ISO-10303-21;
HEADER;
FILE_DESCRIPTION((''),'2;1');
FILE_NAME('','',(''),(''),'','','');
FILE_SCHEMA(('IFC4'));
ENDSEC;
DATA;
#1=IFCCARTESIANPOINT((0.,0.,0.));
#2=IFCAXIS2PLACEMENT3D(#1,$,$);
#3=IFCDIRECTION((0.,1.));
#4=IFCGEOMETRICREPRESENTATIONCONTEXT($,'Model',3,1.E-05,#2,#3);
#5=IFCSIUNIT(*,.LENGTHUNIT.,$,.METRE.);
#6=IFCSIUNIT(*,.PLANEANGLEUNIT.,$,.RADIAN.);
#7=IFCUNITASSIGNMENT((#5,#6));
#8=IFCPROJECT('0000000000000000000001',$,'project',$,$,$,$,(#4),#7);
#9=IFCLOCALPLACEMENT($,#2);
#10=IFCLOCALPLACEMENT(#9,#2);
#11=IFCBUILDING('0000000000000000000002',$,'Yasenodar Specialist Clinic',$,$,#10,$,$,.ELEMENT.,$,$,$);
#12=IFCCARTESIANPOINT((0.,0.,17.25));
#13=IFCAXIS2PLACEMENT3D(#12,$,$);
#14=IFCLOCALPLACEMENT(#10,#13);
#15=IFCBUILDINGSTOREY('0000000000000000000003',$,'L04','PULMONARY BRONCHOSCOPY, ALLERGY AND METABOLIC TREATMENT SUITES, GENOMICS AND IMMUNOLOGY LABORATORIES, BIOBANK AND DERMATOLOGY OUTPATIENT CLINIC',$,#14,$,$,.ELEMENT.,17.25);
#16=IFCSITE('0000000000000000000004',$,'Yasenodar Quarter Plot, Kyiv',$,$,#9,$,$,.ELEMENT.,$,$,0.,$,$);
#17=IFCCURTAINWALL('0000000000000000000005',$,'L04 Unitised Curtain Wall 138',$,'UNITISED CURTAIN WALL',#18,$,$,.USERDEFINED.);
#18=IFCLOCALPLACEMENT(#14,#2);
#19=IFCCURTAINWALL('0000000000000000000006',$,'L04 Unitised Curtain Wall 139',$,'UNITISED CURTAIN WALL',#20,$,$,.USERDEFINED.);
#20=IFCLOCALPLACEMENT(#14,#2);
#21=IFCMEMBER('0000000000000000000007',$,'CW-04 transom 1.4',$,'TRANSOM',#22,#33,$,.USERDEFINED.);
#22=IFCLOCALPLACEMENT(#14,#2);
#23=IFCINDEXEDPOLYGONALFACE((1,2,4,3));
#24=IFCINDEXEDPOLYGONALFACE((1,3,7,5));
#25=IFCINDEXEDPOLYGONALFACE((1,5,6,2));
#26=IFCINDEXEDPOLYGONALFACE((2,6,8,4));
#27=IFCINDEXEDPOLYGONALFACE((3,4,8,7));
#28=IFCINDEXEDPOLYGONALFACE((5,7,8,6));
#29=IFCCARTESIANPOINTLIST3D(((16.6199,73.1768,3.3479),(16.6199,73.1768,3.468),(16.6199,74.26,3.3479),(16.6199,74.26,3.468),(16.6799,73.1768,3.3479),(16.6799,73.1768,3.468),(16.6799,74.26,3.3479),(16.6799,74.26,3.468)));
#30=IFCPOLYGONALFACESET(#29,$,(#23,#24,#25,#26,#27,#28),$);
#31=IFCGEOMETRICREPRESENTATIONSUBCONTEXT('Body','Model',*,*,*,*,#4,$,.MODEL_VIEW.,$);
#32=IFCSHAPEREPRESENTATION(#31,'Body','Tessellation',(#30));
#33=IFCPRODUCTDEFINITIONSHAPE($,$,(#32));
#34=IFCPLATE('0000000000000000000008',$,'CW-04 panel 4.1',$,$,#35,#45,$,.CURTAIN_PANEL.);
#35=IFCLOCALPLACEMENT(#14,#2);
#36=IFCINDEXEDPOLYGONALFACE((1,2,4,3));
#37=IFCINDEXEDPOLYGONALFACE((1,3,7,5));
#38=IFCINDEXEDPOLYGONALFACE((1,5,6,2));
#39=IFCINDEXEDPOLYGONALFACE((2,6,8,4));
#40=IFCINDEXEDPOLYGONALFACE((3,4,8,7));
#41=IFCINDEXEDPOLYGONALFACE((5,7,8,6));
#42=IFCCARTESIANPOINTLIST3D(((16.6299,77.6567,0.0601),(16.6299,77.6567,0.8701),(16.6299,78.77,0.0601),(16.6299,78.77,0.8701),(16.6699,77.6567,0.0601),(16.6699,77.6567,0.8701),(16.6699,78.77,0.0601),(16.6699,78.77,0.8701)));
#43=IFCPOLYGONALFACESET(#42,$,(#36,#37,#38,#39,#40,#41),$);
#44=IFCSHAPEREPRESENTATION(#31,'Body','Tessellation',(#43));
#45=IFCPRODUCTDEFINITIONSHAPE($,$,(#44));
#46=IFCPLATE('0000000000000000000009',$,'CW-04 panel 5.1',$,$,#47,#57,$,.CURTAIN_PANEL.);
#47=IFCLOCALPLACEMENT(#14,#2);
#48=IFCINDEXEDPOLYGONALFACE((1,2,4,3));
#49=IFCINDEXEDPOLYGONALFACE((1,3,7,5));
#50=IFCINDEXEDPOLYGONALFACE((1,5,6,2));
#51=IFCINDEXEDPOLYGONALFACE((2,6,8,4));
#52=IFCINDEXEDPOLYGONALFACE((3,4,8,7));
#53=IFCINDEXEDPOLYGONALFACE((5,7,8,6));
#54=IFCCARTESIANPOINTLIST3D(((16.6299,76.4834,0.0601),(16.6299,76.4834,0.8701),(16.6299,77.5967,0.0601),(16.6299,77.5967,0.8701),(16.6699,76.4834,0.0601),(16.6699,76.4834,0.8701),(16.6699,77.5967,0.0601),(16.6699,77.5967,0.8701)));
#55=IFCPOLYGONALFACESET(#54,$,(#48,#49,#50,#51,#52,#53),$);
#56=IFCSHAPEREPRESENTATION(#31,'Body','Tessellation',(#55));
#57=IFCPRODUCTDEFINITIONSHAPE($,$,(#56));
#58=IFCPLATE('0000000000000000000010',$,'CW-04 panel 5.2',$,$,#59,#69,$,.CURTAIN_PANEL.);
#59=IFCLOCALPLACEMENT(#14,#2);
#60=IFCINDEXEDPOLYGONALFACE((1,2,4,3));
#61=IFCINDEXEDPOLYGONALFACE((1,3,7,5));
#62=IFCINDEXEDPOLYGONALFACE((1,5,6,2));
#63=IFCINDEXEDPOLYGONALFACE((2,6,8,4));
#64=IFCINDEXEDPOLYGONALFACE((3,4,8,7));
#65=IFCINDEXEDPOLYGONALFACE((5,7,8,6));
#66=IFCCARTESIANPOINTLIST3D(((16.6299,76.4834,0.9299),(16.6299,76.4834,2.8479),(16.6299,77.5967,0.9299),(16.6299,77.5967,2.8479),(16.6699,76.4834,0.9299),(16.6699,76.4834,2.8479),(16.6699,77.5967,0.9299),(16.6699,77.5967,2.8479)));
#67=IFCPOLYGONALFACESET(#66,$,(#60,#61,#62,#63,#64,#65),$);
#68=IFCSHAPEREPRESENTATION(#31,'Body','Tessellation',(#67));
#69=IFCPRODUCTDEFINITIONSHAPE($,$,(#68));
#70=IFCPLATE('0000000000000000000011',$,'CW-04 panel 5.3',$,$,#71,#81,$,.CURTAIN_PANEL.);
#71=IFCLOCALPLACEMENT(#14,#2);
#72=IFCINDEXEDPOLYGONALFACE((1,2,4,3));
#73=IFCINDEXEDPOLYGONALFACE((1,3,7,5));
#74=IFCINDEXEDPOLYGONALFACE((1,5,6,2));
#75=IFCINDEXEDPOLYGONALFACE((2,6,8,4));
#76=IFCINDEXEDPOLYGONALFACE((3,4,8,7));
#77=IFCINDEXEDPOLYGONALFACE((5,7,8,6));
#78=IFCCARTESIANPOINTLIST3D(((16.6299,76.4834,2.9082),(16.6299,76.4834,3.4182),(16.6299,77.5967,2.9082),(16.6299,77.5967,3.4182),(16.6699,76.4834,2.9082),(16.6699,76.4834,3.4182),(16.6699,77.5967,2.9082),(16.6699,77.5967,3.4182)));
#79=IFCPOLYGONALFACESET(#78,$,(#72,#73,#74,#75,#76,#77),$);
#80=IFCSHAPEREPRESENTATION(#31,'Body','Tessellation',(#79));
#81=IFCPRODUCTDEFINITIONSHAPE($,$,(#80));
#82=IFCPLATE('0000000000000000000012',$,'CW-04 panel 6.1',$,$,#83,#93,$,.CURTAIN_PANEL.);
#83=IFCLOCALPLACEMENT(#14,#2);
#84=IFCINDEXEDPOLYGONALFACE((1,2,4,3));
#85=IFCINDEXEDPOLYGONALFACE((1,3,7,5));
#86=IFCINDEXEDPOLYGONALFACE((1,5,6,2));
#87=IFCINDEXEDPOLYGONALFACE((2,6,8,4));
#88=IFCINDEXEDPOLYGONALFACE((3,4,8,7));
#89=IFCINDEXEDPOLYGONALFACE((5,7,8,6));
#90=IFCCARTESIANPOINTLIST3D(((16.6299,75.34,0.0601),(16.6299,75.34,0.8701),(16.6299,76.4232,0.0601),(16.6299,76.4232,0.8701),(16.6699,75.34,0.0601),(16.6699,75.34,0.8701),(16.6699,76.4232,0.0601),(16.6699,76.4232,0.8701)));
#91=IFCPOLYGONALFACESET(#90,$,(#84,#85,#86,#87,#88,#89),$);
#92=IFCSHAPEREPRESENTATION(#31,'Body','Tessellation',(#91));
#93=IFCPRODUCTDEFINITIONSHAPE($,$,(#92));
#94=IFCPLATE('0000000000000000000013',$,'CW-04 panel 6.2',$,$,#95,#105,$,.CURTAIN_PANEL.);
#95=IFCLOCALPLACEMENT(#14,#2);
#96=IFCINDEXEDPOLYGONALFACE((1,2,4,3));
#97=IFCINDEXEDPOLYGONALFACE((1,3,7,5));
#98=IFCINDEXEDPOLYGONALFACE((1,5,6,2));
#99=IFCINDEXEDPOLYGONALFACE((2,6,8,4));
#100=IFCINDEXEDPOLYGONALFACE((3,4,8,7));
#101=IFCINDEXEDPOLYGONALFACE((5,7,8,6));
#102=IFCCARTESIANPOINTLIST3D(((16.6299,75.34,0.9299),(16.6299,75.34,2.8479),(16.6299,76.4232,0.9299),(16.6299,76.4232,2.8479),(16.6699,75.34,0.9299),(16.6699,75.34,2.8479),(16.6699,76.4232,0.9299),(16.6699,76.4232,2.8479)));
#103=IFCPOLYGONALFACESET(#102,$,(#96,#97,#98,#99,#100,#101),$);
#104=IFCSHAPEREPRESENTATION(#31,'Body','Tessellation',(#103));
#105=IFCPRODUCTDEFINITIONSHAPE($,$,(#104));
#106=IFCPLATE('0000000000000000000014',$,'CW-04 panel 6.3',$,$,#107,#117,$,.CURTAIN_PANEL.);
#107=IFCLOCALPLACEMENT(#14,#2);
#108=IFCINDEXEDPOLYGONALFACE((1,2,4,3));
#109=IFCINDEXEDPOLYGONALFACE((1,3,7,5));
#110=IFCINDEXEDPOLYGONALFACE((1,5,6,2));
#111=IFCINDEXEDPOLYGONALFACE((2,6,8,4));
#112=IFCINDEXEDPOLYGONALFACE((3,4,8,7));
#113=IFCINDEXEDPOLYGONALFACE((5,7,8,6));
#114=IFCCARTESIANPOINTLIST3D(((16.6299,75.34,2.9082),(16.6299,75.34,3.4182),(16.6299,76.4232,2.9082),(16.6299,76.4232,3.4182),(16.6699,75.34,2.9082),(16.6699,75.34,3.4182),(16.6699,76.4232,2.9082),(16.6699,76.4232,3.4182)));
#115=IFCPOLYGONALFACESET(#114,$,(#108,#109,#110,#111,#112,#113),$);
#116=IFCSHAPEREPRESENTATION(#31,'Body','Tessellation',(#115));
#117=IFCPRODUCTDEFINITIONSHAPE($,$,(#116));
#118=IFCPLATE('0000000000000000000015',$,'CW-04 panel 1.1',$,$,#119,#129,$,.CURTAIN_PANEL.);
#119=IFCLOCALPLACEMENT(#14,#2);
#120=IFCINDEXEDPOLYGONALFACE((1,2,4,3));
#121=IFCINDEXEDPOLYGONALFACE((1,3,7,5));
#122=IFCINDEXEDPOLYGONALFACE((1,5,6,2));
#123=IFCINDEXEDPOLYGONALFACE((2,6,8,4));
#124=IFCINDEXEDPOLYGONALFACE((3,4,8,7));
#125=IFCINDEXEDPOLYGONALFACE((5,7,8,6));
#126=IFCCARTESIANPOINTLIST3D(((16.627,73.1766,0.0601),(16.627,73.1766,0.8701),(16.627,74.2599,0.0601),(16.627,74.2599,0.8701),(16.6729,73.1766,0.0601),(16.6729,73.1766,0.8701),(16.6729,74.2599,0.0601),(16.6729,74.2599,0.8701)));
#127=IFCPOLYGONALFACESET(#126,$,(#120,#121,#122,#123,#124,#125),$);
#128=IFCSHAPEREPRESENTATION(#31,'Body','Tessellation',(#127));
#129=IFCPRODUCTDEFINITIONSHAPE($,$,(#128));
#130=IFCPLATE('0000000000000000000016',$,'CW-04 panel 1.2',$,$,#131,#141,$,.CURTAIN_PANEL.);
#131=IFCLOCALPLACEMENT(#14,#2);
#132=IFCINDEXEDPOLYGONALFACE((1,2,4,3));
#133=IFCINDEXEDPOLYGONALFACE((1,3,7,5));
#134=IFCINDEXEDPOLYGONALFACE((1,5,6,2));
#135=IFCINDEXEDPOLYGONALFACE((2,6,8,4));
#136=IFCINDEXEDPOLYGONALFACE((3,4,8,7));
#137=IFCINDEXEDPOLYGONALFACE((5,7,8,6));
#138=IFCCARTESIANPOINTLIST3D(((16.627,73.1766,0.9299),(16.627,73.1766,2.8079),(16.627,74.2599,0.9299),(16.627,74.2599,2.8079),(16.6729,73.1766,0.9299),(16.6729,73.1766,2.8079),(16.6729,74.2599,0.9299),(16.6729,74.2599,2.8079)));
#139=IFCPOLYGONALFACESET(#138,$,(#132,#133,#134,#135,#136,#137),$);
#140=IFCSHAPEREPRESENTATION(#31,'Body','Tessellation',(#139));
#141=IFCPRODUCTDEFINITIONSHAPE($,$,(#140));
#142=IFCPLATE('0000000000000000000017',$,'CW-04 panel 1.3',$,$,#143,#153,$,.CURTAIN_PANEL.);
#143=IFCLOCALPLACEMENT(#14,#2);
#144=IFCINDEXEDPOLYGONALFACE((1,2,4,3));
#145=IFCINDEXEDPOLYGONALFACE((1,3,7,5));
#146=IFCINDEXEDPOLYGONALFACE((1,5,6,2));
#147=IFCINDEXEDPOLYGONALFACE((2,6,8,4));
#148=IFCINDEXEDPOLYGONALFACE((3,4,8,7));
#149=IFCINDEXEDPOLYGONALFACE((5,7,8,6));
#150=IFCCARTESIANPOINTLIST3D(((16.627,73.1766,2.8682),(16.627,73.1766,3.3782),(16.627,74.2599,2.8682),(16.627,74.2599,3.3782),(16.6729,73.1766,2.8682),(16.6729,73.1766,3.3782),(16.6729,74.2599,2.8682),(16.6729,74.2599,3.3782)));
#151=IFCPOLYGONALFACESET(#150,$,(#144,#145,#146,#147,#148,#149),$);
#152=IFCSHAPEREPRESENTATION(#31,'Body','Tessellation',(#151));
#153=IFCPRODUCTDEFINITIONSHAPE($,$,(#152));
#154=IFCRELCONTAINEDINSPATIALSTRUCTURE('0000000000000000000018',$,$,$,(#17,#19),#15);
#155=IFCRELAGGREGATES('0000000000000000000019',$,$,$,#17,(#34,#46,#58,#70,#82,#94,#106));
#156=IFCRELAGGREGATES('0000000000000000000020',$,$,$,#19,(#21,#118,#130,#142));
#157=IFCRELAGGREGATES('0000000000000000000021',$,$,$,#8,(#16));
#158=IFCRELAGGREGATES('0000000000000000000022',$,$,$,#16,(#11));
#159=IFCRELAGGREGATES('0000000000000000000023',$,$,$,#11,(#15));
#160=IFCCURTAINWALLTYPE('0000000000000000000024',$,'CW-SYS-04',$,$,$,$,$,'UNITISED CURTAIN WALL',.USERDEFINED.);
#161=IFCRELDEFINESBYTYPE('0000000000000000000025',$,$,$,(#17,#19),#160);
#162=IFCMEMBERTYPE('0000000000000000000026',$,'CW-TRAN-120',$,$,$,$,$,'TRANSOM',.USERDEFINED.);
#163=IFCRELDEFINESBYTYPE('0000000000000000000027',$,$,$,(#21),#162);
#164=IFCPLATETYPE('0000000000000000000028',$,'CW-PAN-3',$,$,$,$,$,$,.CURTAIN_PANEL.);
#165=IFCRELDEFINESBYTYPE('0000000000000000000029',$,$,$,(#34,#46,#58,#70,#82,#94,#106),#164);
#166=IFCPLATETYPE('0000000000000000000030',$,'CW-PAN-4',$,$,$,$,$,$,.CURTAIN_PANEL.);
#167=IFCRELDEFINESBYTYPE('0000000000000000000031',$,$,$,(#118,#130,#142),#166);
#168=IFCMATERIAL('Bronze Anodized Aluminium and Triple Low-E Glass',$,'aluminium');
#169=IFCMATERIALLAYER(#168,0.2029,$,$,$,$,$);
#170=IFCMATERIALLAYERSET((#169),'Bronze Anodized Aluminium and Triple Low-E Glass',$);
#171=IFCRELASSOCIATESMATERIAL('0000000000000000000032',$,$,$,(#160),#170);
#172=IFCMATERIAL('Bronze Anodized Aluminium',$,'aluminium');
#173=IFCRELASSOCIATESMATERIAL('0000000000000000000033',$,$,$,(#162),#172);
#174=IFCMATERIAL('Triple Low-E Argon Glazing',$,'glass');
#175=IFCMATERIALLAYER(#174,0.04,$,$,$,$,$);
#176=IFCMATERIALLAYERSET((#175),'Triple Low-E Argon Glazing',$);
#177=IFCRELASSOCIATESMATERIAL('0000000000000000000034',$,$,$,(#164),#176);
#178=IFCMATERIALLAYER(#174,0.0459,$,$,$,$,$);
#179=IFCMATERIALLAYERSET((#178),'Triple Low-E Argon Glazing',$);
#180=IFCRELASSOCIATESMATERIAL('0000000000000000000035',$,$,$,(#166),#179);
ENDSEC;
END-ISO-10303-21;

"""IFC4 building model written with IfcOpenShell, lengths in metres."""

from ifc_helpers import new_model, si_unit, direction, frame, origin, origin_2d, place, context, subcontext, project, spatial, rectangle, extrude, material, layer, layer_set, material_profile, profile_set, type_object, element, aggregate, save


model = new_model("IFC4")

# Units and contexts
model_context = context("Model", 3, precision=1e-05, world=origin(), true_north=direction((0.0, 1.0)))
body_context = subcontext(model_context, "Body", "Model", "MODEL_VIEW")
ifc_project = project(units=[si_unit("LENGTHUNIT", "METRE"), si_unit("PLANEANGLEUNIT", "RADIAN")], contexts=[model_context])

# Site, building, storey
site_placement = place(None, origin())
site = spatial("IfcSite", under=ifc_project, at=site_placement, Name="Yasenodar Quarter Plot, Kyiv", CompositionType="ELEMENT", RefElevation=0.0)
building_placement = place(site_placement, origin())
building = spatial("IfcBuilding", under=site, at=building_placement, Name="Yasenodar Specialist Clinic", CompositionType="ELEMENT")
storey_placement = place(building_placement, frame((0.0, 0.0, 17.25)))
storey = spatial("IfcBuildingStorey", under=building, at=storey_placement, Name="L04", Description="PULMONARY BRONCHOSCOPY, ALLERGY AND METABOLIC TREATMENT SUITES, GENOMICS AND IMMUNOLOGY LABORATORIES, BIOBANK AND DERMATOLOGY OUTPATIENT CLINIC", CompositionType="ELEMENT", Elevation=17.25)

# Curtain wall
ifc_material_1 = material(Name="Bronze Anodized Aluminium and Triple Low-E Glass", Category="aluminium")
ifc_layer_1 = layer(ifc_material_1, 0.2029)
ifc_layer_set_1 = layer_set([ifc_layer_1], Name="Bronze Anodized Aluminium and Triple Low-E Glass")
curtain_wall_type = type_object("IfcCurtainWallType", Name="CW-SYS-04", ElementType="UNITISED CURTAIN WALL", PredefinedType="USERDEFINED", material=ifc_layer_set_1)
curtain_wall_1_placement = place(storey_placement, origin())
curtain_wall_1 = element("IfcCurtainWall", 1, at=curtain_wall_1_placement, inside=storey, type_object=curtain_wall_type, Name="L04 Unitised Curtain Wall 138", ObjectType="UNITISED CURTAIN WALL", PredefinedType="USERDEFINED")
ifc_material_2 = material(Name="Bronze Anodized Aluminium", Category="aluminium")

# Curtain wall
curtain_wall_2_placement = place(storey_placement, origin())
curtain_wall_2 = element("IfcCurtainWall", 2, at=curtain_wall_2_placement, inside=storey, type_object=curtain_wall_type, Name="L04 Unitised Curtain Wall 139", ObjectType="UNITISED CURTAIN WALL", PredefinedType="USERDEFINED")

# Member
ifc_material_profile_1 = material_profile(ifc_material_2, rectangle(XDim=0.0601, YDim=0.1201, at=origin_2d()), Name="CW-TRAN 60x120")
ifc_profile_set_1 = profile_set([ifc_material_profile_1], Name="Bronze Anodized Aluminium")
member_type_1 = type_object("IfcMemberType", Name="CW-TRAN-120", ElementType="TRANSOM", PredefinedType="USERDEFINED", material=ifc_profile_set_1)
member_1_placement = place(storey_placement, frame((16.6499, 74.26, 3.408), z_axis=(0.0, -1.0, 0.0), x_axis=(1.0, 0.0, 0.0)))
member_1 = element("IfcMember", 3, at=member_1_placement, type_object=member_type_1, Name="CW-04 transom 1.4", ObjectType="TRANSOM", PredefinedType="USERDEFINED", context=body_context, shape_type="SweptSolid", body=[
    extrude(rectangle(XDim=0.0601, YDim=0.1201, at=origin_2d()), origin(), (0.0, 0.0, 1.0), 1.0833),
])

# Plates
ifc_material_3 = material(Name="Triple Low-E Argon Glazing", Category="glass")
ifc_layer_2 = layer(ifc_material_3, 0.04)
ifc_layer_set_2 = layer_set([ifc_layer_2], Name="Triple Low-E Argon Glazing")
plate_type_1 = type_object("IfcPlateType", Name="CW-PAN-3", PredefinedType="CURTAIN_PANEL", material=ifc_layer_set_2)
plate_1_placement = place(storey_placement, frame((16.6499, 78.2134, 0.0601), z_axis=(0.0, 0.0, 1.0), x_axis=(0.0, -1.0, 0.0)))
plate_1 = element("IfcPlate", 4, at=plate_1_placement, type_object=plate_type_1, Name="CW-04 panel 4.1", PredefinedType="CURTAIN_PANEL", context=body_context, shape_type="SweptSolid", body=[
    extrude(rectangle(XDim=1.1133, YDim=0.04, at=origin_2d()), origin(), (0.0, 0.0, 1.0), 0.8101),
])
plate_2_placement = place(storey_placement, frame((16.6499, 77.04, 0.0601), z_axis=(0.0, 0.0, 1.0), x_axis=(0.0, -1.0, 0.0)))
plate_2 = element("IfcPlate", 5, at=plate_2_placement, type_object=plate_type_1, Name="CW-04 panel 5.1", PredefinedType="CURTAIN_PANEL", context=body_context, shape_type="SweptSolid", body=[
    extrude(rectangle(XDim=1.1133, YDim=0.04, at=origin_2d()), origin(), (0.0, 0.0, 1.0), 0.8101),
])
plate_3_placement = place(storey_placement, frame((16.6499, 77.04, 0.9299), z_axis=(0.0, 0.0, 1.0), x_axis=(0.0, -1.0, 0.0)))
plate_3 = element("IfcPlate", 6, at=plate_3_placement, type_object=plate_type_1, Name="CW-04 panel 5.2", PredefinedType="CURTAIN_PANEL", context=body_context, shape_type="SweptSolid", body=[
    extrude(rectangle(XDim=1.1133, YDim=0.04, at=origin_2d()), origin(), (0.0, 0.0, 1.0), 1.918),
])
plate_4_placement = place(storey_placement, frame((16.6499, 77.04, 2.9082), z_axis=(0.0, 0.0, 1.0), x_axis=(0.0, -1.0, 0.0)))
plate_4 = element("IfcPlate", 7, at=plate_4_placement, type_object=plate_type_1, Name="CW-04 panel 5.3", PredefinedType="CURTAIN_PANEL", context=body_context, shape_type="SweptSolid", body=[
    extrude(rectangle(XDim=1.1133, YDim=0.04, at=origin_2d()), origin(), (0.0, 0.0, 1.0), 0.51),
])
plate_5_placement = place(storey_placement, frame((16.6499, 75.8816, 0.0601), z_axis=(0.0, 0.0, 1.0), x_axis=(0.0, -1.0, 0.0)))
plate_5 = element("IfcPlate", 8, at=plate_5_placement, type_object=plate_type_1, Name="CW-04 panel 6.1", PredefinedType="CURTAIN_PANEL", context=body_context, shape_type="SweptSolid", body=[
    extrude(rectangle(XDim=1.0833, YDim=0.04, at=origin_2d()), origin(), (0.0, 0.0, 1.0), 0.8101),
])
plate_6_placement = place(storey_placement, frame((16.6499, 75.8816, 0.9299), z_axis=(0.0, 0.0, 1.0), x_axis=(0.0, -1.0, 0.0)))
plate_6 = element("IfcPlate", 9, at=plate_6_placement, type_object=plate_type_1, Name="CW-04 panel 6.2", PredefinedType="CURTAIN_PANEL", context=body_context, shape_type="SweptSolid", body=[
    extrude(rectangle(XDim=1.0833, YDim=0.04, at=origin_2d()), origin(), (0.0, 0.0, 1.0), 1.918),
])
plate_7_placement = place(storey_placement, frame((16.6499, 75.8816, 2.9082), z_axis=(0.0, 0.0, 1.0), x_axis=(0.0, -1.0, 0.0)))
plate_7 = element("IfcPlate", 10, at=plate_7_placement, type_object=plate_type_1, Name="CW-04 panel 6.3", PredefinedType="CURTAIN_PANEL", context=body_context, shape_type="SweptSolid", body=[
    extrude(rectangle(XDim=1.0833, YDim=0.04, at=origin_2d()), origin(), (0.0, 0.0, 1.0), 0.51),
])
aggregate(curtain_wall_1, [plate_1, plate_2, plate_3, plate_4, plate_5, plate_6, plate_7])
ifc_layer_3 = layer(ifc_material_3, 0.0459)
ifc_layer_set_3 = layer_set([ifc_layer_3], Name="Triple Low-E Argon Glazing")
plate_type_2 = type_object("IfcPlateType", Name="CW-PAN-4", PredefinedType="CURTAIN_PANEL", material=ifc_layer_set_3)
plate_8_placement = place(storey_placement, frame((16.6499, 73.7183, 0.0601), z_axis=(0.0, 0.0, 1.0), x_axis=(0.0, -1.0, 0.0)))
plate_8 = element("IfcPlate", 11, at=plate_8_placement, type_object=plate_type_2, Name="CW-04 panel 1.1", PredefinedType="CURTAIN_PANEL", context=body_context, shape_type="SweptSolid", body=[
    extrude(rectangle(XDim=1.0833, YDim=0.0459, at=origin_2d()), origin(), (0.0, 0.0, 1.0), 0.8101),
])
plate_9_placement = place(storey_placement, frame((16.6499, 73.7183, 0.9299), z_axis=(0.0, 0.0, 1.0), x_axis=(0.0, -1.0, 0.0)))
plate_9 = element("IfcPlate", 12, at=plate_9_placement, type_object=plate_type_2, Name="CW-04 panel 1.2", PredefinedType="CURTAIN_PANEL", context=body_context, shape_type="SweptSolid", body=[
    extrude(rectangle(XDim=1.0833, YDim=0.0459, at=origin_2d()), origin(), (0.0, 0.0, 1.0), 1.8779),
])
plate_10_placement = place(storey_placement, frame((16.6499, 73.7183, 2.8682), z_axis=(0.0, 0.0, 1.0), x_axis=(0.0, -1.0, 0.0)))
plate_10 = element("IfcPlate", 13, at=plate_10_placement, type_object=plate_type_2, Name="CW-04 panel 1.3", PredefinedType="CURTAIN_PANEL", context=body_context, shape_type="SweptSolid", body=[
    extrude(rectangle(XDim=1.0833, YDim=0.0459, at=origin_2d()), origin(), (0.0, 0.0, 1.0), 0.51),
])
aggregate(curtain_wall_2, [member_1, plate_8, plate_9, plate_10])

save(model, "model.ifc")
